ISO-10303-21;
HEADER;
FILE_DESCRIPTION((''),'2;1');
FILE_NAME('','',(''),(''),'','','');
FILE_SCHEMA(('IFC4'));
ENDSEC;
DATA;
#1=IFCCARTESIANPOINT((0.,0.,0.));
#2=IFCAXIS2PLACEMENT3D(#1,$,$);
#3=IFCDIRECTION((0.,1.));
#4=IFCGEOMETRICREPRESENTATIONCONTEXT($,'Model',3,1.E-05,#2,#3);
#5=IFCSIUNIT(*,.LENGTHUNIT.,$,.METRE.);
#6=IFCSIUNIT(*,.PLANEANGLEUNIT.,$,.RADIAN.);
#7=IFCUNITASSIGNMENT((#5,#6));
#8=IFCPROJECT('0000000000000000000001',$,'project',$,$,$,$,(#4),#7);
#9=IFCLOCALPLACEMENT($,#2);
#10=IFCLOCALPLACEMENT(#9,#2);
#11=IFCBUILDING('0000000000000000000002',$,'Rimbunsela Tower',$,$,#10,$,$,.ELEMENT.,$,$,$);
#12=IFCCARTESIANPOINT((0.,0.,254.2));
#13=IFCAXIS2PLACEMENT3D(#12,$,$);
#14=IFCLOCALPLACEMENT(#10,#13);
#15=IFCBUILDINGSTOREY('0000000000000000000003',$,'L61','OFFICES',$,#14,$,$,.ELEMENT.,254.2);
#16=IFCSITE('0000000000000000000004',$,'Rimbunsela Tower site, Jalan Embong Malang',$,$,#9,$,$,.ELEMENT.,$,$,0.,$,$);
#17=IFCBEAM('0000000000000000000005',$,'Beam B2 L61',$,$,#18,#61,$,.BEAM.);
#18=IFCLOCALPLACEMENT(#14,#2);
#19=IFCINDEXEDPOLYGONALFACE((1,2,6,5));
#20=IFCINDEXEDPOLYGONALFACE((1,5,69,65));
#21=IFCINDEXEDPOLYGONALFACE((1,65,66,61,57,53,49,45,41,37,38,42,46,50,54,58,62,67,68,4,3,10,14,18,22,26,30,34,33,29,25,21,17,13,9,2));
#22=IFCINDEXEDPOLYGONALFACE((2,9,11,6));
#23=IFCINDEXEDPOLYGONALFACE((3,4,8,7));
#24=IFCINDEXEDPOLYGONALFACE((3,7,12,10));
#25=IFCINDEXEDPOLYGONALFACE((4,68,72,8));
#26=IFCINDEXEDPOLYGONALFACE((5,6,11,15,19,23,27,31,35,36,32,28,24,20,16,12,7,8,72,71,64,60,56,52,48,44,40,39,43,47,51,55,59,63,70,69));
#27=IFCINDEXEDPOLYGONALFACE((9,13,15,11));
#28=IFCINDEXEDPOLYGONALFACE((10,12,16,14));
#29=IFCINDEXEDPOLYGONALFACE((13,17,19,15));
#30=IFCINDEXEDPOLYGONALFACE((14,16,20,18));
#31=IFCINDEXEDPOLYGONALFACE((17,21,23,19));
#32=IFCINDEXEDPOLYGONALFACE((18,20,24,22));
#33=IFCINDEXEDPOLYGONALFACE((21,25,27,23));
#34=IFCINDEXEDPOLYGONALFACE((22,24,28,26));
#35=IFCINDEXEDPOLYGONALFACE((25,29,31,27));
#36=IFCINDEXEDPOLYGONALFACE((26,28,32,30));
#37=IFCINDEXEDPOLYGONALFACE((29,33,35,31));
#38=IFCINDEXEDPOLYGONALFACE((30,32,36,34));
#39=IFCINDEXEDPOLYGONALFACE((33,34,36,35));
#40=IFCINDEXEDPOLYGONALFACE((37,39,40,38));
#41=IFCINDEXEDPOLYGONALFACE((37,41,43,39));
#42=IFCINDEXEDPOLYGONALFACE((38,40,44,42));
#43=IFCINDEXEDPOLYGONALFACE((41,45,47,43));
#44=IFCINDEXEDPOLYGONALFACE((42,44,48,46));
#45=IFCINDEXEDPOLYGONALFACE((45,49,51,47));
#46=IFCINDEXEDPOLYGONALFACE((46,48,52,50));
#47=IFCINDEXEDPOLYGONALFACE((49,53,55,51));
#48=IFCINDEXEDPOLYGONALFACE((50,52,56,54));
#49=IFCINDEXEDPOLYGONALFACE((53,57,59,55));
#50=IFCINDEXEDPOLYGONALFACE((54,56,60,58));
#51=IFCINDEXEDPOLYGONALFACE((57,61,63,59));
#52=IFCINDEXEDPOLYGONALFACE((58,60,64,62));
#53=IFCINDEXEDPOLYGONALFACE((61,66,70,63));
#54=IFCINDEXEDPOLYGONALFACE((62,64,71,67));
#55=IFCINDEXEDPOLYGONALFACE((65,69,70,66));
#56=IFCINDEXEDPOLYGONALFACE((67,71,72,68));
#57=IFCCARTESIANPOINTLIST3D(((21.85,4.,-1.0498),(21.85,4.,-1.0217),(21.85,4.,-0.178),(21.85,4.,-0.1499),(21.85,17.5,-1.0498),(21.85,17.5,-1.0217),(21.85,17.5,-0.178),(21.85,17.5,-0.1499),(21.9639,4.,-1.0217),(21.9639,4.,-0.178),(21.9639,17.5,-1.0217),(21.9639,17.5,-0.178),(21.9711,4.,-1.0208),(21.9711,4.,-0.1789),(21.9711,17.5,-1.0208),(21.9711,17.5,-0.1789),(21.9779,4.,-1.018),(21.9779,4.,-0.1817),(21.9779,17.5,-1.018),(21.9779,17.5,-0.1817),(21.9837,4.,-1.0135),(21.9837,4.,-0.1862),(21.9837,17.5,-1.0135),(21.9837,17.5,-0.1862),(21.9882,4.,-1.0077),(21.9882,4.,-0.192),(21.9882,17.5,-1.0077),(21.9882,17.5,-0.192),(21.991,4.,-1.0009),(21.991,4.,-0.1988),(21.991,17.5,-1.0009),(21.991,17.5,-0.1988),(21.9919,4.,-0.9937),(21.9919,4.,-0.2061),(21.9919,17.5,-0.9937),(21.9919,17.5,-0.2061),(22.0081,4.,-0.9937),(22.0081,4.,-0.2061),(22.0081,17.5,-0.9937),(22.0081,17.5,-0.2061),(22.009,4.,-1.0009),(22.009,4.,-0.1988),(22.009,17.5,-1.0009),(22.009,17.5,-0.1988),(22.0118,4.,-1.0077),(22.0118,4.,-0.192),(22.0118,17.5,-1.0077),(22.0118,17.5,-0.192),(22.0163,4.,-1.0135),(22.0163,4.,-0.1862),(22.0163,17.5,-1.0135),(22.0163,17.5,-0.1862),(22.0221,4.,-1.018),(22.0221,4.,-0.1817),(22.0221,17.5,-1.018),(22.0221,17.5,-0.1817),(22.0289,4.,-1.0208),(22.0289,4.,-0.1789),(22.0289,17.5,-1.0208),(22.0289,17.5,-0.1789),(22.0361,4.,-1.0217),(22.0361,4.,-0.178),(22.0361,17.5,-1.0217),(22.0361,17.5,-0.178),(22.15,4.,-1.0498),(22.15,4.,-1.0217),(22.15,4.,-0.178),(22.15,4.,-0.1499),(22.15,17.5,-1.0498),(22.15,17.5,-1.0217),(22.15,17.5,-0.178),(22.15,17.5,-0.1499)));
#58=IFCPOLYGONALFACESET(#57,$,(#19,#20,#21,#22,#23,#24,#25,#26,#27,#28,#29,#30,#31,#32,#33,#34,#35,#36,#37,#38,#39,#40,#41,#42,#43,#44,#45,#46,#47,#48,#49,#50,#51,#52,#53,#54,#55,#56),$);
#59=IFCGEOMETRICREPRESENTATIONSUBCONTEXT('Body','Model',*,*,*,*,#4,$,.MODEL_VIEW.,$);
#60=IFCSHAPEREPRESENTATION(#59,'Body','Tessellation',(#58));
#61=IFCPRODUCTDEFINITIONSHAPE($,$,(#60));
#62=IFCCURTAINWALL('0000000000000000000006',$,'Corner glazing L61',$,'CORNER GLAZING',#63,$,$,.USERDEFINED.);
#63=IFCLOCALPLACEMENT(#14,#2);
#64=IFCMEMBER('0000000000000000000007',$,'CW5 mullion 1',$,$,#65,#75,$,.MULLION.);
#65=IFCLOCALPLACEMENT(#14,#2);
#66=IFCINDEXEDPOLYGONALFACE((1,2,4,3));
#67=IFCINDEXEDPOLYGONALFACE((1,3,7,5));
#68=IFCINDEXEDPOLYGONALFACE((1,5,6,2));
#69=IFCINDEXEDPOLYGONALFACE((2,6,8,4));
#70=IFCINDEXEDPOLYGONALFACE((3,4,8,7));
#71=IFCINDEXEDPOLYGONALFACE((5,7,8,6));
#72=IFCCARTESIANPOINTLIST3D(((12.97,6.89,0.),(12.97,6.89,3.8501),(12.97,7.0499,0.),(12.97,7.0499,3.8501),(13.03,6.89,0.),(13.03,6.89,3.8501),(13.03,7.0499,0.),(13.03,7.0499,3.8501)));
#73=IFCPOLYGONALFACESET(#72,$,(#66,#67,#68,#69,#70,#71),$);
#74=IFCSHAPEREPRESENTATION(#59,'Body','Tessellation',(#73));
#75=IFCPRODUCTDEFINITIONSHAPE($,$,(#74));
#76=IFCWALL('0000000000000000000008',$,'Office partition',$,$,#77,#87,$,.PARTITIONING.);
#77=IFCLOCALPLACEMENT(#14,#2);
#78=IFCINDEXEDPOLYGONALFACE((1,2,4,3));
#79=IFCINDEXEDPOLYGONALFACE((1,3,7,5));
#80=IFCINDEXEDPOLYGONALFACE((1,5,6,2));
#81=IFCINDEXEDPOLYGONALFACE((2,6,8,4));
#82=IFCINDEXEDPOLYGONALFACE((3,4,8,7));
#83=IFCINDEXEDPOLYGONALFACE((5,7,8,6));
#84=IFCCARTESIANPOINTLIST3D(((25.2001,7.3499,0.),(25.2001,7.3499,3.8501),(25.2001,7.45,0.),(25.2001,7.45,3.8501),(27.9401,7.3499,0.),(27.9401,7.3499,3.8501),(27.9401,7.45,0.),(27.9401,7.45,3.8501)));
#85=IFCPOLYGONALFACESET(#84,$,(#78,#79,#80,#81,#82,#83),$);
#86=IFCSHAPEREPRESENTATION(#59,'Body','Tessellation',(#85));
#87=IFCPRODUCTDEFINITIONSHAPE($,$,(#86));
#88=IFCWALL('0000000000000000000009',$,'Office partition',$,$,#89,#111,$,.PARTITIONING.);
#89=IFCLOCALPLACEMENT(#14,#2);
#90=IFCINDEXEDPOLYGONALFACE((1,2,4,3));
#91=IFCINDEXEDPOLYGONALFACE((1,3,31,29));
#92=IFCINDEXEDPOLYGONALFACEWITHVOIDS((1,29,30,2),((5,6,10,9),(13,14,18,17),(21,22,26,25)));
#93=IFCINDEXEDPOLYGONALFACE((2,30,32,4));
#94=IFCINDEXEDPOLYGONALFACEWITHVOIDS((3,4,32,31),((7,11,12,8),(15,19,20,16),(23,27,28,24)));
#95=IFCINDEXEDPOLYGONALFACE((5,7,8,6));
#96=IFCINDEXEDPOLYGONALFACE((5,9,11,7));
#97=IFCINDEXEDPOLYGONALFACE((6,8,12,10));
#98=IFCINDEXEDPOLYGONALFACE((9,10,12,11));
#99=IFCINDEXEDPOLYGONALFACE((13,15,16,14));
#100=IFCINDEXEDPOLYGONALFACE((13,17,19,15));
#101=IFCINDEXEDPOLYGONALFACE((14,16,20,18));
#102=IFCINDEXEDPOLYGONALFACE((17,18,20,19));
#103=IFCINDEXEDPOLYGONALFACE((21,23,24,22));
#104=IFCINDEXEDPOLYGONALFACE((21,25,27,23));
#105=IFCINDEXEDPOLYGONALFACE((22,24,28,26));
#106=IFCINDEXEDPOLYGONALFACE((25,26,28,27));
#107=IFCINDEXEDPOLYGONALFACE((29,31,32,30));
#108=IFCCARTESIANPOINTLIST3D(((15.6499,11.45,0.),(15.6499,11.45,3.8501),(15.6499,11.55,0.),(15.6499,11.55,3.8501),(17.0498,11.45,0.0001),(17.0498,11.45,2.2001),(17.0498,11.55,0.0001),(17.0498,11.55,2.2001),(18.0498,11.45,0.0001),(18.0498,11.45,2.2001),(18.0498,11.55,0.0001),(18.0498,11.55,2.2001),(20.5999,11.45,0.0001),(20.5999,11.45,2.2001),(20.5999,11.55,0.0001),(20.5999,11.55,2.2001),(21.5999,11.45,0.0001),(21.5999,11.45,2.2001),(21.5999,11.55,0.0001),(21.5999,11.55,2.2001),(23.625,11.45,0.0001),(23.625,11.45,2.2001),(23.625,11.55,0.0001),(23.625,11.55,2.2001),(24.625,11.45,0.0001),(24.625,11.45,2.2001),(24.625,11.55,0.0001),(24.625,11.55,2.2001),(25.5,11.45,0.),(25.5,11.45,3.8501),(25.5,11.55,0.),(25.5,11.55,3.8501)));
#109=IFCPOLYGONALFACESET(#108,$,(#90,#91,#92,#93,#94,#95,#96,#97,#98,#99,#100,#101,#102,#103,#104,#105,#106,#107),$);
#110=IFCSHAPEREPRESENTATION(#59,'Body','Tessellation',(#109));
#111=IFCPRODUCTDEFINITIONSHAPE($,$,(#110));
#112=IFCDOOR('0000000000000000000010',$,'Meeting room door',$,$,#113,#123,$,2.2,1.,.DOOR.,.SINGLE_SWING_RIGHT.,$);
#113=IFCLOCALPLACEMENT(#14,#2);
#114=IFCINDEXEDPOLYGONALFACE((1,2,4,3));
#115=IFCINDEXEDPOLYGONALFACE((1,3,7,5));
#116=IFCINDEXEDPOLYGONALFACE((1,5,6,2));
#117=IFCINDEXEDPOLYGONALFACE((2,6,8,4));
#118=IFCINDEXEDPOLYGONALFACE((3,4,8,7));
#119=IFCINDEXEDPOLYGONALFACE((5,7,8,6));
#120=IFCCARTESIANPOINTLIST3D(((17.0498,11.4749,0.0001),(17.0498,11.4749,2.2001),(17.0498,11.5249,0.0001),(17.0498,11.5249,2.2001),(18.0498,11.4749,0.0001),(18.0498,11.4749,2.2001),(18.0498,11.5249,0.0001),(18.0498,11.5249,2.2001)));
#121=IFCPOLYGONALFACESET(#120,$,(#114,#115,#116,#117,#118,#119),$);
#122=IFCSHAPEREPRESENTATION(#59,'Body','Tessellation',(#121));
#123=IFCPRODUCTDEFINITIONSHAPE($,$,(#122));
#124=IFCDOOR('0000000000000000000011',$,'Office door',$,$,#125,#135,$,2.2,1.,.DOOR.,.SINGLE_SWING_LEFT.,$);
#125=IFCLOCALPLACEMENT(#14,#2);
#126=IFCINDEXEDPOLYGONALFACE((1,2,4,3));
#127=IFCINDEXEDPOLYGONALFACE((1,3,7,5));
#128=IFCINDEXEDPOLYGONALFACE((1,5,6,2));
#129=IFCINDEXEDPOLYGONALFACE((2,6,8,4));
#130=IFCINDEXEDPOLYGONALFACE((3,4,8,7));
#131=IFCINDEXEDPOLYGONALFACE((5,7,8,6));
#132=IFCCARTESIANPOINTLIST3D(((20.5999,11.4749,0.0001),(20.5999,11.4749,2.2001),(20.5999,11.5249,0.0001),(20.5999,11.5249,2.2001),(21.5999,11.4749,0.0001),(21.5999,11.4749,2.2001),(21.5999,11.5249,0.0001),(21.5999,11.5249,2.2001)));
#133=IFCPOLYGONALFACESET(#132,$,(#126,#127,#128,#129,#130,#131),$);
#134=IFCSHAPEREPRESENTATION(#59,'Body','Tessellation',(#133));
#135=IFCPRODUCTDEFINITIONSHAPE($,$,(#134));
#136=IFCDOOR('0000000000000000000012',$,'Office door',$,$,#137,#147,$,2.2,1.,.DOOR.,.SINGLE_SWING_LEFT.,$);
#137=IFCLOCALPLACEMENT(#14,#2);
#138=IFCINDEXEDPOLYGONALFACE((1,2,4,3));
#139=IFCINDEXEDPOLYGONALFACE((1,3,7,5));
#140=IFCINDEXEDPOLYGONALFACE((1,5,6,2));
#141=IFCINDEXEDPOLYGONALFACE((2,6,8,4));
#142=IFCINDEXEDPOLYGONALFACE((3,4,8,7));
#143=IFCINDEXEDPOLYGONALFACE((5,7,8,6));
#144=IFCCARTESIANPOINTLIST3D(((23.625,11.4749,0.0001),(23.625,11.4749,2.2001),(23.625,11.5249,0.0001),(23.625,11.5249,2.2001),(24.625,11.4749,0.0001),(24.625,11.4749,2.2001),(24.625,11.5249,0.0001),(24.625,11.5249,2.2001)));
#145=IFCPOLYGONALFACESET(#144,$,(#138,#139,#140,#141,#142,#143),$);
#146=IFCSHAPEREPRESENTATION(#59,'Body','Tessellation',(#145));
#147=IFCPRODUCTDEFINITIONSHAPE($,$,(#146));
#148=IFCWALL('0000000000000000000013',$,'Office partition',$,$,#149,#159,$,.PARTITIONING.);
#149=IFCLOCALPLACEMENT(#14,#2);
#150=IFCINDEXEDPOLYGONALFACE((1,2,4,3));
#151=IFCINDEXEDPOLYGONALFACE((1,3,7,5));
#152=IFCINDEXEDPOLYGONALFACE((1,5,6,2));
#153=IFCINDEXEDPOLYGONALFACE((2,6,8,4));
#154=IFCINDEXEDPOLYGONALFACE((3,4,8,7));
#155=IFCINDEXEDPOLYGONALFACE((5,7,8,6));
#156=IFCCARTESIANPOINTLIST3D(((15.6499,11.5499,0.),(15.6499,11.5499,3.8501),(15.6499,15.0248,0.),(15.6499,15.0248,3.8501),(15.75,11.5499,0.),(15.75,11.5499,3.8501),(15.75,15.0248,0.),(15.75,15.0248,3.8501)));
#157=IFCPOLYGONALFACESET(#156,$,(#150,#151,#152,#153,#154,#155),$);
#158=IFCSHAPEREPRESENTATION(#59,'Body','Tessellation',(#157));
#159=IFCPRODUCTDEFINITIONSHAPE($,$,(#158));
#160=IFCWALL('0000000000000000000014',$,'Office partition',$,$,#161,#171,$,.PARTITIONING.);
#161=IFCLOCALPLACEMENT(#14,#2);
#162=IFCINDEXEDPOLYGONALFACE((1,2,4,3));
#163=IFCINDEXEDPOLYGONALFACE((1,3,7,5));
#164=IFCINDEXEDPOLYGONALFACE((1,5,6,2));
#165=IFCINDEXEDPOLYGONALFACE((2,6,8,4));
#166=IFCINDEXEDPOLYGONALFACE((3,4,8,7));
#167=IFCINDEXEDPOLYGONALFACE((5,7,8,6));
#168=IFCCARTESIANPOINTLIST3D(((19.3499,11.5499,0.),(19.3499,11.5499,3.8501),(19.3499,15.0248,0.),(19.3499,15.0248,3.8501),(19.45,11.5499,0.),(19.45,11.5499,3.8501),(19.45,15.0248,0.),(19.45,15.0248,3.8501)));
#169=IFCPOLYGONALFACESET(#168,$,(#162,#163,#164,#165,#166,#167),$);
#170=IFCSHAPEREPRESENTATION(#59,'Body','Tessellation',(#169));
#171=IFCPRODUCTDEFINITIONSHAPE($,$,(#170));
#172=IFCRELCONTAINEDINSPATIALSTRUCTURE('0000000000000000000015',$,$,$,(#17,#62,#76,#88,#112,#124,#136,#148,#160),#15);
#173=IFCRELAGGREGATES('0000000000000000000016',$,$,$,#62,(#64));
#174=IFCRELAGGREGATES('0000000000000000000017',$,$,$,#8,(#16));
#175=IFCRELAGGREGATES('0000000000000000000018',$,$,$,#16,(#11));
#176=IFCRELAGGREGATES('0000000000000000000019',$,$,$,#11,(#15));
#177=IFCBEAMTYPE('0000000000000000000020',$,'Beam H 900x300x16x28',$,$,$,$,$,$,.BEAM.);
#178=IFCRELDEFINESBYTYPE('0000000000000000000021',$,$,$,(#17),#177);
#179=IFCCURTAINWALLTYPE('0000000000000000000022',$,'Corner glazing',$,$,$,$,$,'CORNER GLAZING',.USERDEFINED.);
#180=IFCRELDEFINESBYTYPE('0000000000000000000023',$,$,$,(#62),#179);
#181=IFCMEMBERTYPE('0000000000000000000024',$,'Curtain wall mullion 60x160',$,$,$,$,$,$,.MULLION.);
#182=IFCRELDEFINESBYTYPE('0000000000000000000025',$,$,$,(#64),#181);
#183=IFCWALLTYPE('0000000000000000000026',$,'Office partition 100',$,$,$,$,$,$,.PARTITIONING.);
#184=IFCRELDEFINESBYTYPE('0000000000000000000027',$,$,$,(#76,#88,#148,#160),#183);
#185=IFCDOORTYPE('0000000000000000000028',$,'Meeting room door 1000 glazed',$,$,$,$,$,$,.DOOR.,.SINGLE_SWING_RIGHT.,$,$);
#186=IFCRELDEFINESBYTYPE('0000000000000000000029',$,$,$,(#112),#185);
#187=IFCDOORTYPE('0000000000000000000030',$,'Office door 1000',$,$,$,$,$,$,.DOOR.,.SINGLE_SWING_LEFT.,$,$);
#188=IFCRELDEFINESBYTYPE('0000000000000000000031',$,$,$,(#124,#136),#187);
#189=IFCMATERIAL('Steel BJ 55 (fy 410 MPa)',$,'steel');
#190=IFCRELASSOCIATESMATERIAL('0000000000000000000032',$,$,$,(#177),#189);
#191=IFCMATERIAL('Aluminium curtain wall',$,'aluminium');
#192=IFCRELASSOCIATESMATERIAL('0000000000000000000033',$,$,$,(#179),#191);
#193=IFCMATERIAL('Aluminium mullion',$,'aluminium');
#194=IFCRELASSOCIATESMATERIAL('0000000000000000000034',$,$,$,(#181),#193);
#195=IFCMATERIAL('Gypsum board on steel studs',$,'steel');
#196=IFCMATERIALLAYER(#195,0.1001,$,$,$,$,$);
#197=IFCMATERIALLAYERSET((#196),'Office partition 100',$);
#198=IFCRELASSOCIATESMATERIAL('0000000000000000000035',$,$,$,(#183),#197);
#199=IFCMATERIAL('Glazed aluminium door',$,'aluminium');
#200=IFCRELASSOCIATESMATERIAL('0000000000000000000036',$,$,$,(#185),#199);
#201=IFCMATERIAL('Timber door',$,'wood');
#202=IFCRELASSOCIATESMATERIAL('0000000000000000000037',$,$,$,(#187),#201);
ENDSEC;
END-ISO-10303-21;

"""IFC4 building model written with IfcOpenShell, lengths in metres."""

from ifc_helpers import new_model, si_unit, direction, frame, frame_2d, origin, origin_2d, place, context, subcontext, project, spatial, rectangle, i_section, extrude, material, layer, layer_set, material_profile, profile_set, type_object, element, fill, aggregate, save


model = new_model("IFC4")

# Units and contexts
model_context = context("Model", 3, precision=1e-05, world=origin(), true_north=direction((0.0, 1.0)))
body_context = subcontext(model_context, "Body", "Model", "MODEL_VIEW")
ifc_project = project(units=[si_unit("LENGTHUNIT", "METRE"), si_unit("PLANEANGLEUNIT", "RADIAN")], contexts=[model_context])

# Site, building, storey
site_placement = place(None, origin())
site = spatial("IfcSite", under=ifc_project, at=site_placement, Name="Rimbunsela Tower site, Jalan Embong Malang", CompositionType="ELEMENT", RefElevation=0.0)
building_placement = place(site_placement, origin())
building = spatial("IfcBuilding", under=site, at=building_placement, Name="Rimbunsela Tower", CompositionType="ELEMENT")
storey_placement = place(building_placement, frame((0.0, 0.0, 254.2)))
storey = spatial("IfcBuildingStorey", under=building, at=storey_placement, Name="L61", Description="OFFICES", CompositionType="ELEMENT", Elevation=254.2)

# Beam
ifc_material_1 = material(Name="Steel BJ 55 (fy 410 MPa)", Category="steel")
ifc_material_profile_1 = material_profile(ifc_material_1, i_section(OverallWidth=0.3, OverallDepth=0.8999, WebThickness=0.0161, FlangeThickness=0.0281, FilletRadius=0.0281, at=origin_2d()), Name="H 900x300x16x28")
ifc_profile_set_1 = profile_set([ifc_material_profile_1], Name="Steel BJ 55 (fy 410 MPa)")
beam_type_1 = type_object("IfcBeamType", Name="Beam H 900x300x16x28", PredefinedType="BEAM", material=ifc_profile_set_1)
for number, where, z_axis, x_axis, name in (
    (1, (22.0, 4.0, -0.5999), (0.0, 1.0, 0.0), (-1.0, 0.0, 0.0), "Beam B2 L61"),
):
    element("IfcBeam", number, at=place(storey_placement, frame(where, z_axis=z_axis, x_axis=x_axis)), inside=storey, type_object=beam_type_1, Name=name, PredefinedType="BEAM", context=body_context, shape_type="SweptSolid", body=[
        extrude(i_section(OverallWidth=0.3, OverallDepth=0.8999, WebThickness=0.0161, FlangeThickness=0.0281, FilletRadius=0.0281, at=origin_2d()), origin(), (0.0, 0.0, 1.0), 13.5),
    ])

# Curtain wall, member
ifc_material_2 = material(Name="Aluminium curtain wall", Category="aluminium")
curtain_wall_type = type_object("IfcCurtainWallType", Name="Corner glazing", ElementType="CORNER GLAZING", PredefinedType="USERDEFINED", material=ifc_material_2)
curtain_wall_placement = place(storey_placement, origin())
curtain_wall = element("IfcCurtainWall", 2, at=curtain_wall_placement, inside=storey, type_object=curtain_wall_type, Name="Corner glazing L61", ObjectType="CORNER GLAZING", PredefinedType="USERDEFINED")
ifc_material_3 = material(Name="Aluminium mullion", Category="aluminium")
ifc_material_profile_2 = material_profile(ifc_material_3, rectangle(XDim=0.0601, YDim=0.1599, at=origin_2d()), Name="Mullion 60x160")
ifc_profile_set_2 = profile_set([ifc_material_profile_2], Name="Aluminium mullion")
member_type = type_object("IfcMemberType", Name="Curtain wall mullion 60x160", PredefinedType="MULLION", material=ifc_profile_set_2)
member_placement = place(storey_placement, frame((13.0, 6.97, 0.0), z_axis=(0.0, 0.0, 1.0), x_axis=(1.0, 0.0, 0.0)))
member = element("IfcMember", 3, at=member_placement, type_object=member_type, Name="CW5 mullion 1", PredefinedType="MULLION", context=body_context, shape_type="SweptSolid", body=[
    extrude(rectangle(XDim=0.0601, YDim=0.1599, at=origin_2d()), origin(), (0.0, 0.0, 1.0), 3.8501),
])
aggregate(curtain_wall, [member])

# Wall
ifc_material_4 = material(Name="Gypsum board on steel studs", Category="steel")
ifc_layer_1 = layer(ifc_material_4, 0.1001)
ifc_layer_set_1 = layer_set([ifc_layer_1], Name="Office partition 100")
wall_type_1 = type_object("IfcWallType", Name="Office partition 100", PredefinedType="PARTITIONING", material=ifc_layer_set_1)
wall_1_placement = place(storey_placement, frame((25.2, 7.3999, 0.0), z_axis=(0.0, 0.0, 1.0), x_axis=(1.0, 0.0, 0.0)))
element("IfcWall", 4, at=wall_1_placement, inside=storey, type_object=wall_type_1, Name="Office partition", PredefinedType="PARTITIONING", context=body_context, shape_type="SweptSolid", body=[
    extrude(rectangle(XDim=2.74, YDim=0.1001, at=frame_2d((1.3701, 0.0))), origin(), (0.0, 0.0, 1.0), 3.8501),
])

# Wall, openings, doors
wall_2_placement = place(storey_placement, frame((15.6499, 11.5, 0.0), z_axis=(0.0, 0.0, 1.0), x_axis=(1.0, 0.0, 0.0)))
wall_2 = element("IfcWall", 5, at=wall_2_placement, inside=storey, type_object=wall_type_1, Name="Office partition", PredefinedType="PARTITIONING", context=body_context, shape_type="SweptSolid", body=[
    extrude(rectangle(XDim=9.8501, YDim=0.1001, at=frame_2d((4.925, 0.0))), origin(), (0.0, 0.0, 1.0), 3.8501),
])
opening_1_placement = place(wall_2_placement, frame((1.3999, 0.0, 0.0)))
opening_1 = element("IfcOpeningElement", 6, at=opening_1_placement, cuts=wall_2, PredefinedType="OPENING", context=body_context, shape_type="SweptSolid", body=[
    extrude(rectangle(XDim=1.0, YDim=2.2, at=frame_2d((0.5, 1.1001))), frame((0.0, 0.0601, 0.0), z_axis=(0.0, -1.0, 0.0), x_axis=(1.0, 0.0, 0.0)), (0.0, 0.0, 1.0), 0.1201),
])
opening_2_placement = place(wall_2_placement, frame((4.95, 0.0, 0.0)))
opening_2 = element("IfcOpeningElement", 7, at=opening_2_placement, cuts=wall_2, PredefinedType="OPENING", context=body_context, shape_type="SweptSolid", body=[
    extrude(rectangle(XDim=1.0, YDim=2.2, at=frame_2d((0.5, 1.1001))), frame((0.0, 0.0601, 0.0), z_axis=(0.0, -1.0, 0.0), x_axis=(1.0, 0.0, 0.0)), (0.0, 0.0, 1.0), 0.1201),
])
opening_3_placement = place(wall_2_placement, frame((7.9751, 0.0, 0.0)))
opening_3 = element("IfcOpeningElement", 8, at=opening_3_placement, cuts=wall_2, PredefinedType="OPENING", context=body_context, shape_type="SweptSolid", body=[
    extrude(rectangle(XDim=1.0, YDim=2.2, at=frame_2d((0.5, 1.1001))), frame((0.0, 0.0601, 0.0), z_axis=(0.0, -1.0, 0.0), x_axis=(1.0, 0.0, 0.0)), (0.0, 0.0, 1.0), 0.1201),
])
ifc_material_5 = material(Name="Glazed aluminium door", Category="aluminium")
door_type_1 = type_object("IfcDoorType", Name="Meeting room door 1000 glazed", OperationType="SINGLE_SWING_RIGHT", PredefinedType="DOOR", material=ifc_material_5)
door_1_placement = place(opening_1_placement, origin())
door_1 = element("IfcDoor", 9, at=door_1_placement, inside=storey, type_object=door_type_1, Name="Meeting room door", OperationType="SINGLE_SWING_RIGHT", OverallHeight=2.2, OverallWidth=1.0, PredefinedType="DOOR", context=body_context, shape_type="SweptSolid", body=[
    extrude(rectangle(XDim=1.0, YDim=2.2, at=frame_2d((0.5, 1.1001))), frame((0.0, 0.0249, 0.0), z_axis=(0.0, -1.0, 0.0), x_axis=(1.0, 0.0, 0.0)), (0.0, 0.0, 1.0), 0.05),
])
fill(opening_1, door_1)
ifc_material_6 = material(Name="Timber door", Category="wood")
door_type_2 = type_object("IfcDoorType", Name="Office door 1000", OperationType="SINGLE_SWING_LEFT", PredefinedType="DOOR", material=ifc_material_6)
door_2_placement = place(opening_2_placement, origin())
door_2 = element("IfcDoor", 10, at=door_2_placement, inside=storey, type_object=door_type_2, Name="Office door", OperationType="SINGLE_SWING_LEFT", OverallHeight=2.2, OverallWidth=1.0, PredefinedType="DOOR", context=body_context, shape_type="SweptSolid", body=[
    extrude(rectangle(XDim=1.0, YDim=2.2, at=frame_2d((0.5, 1.1001))), frame((0.0, 0.0249, 0.0), z_axis=(0.0, -1.0, 0.0), x_axis=(1.0, 0.0, 0.0)), (0.0, 0.0, 1.0), 0.05),
])
fill(opening_2, door_2)
door_3_placement = place(opening_3_placement, origin())
door_3 = element("IfcDoor", 11, at=door_3_placement, inside=storey, type_object=door_type_2, Name="Office door", OperationType="SINGLE_SWING_LEFT", OverallHeight=2.2, OverallWidth=1.0, PredefinedType="DOOR", context=body_context, shape_type="SweptSolid", body=[
    extrude(rectangle(XDim=1.0, YDim=2.2, at=frame_2d((0.5, 1.1001))), frame((0.0, 0.0249, 0.0), z_axis=(0.0, -1.0, 0.0), x_axis=(1.0, 0.0, 0.0)), (0.0, 0.0, 1.0), 0.05),
])
fill(opening_3, door_3)

# Walls
for number, where, z_axis, x_axis, name in (
    (12, (15.7, 11.55, 0.0), (0.0, 0.0, 1.0), (0.0, 1.0, 0.0), "Office partition"),
    (13, (19.3999, 11.55, 0.0), (0.0, 0.0, 1.0), (0.0, 1.0, 0.0), "Office partition"),
):
    element("IfcWall", number, at=place(storey_placement, frame(where, z_axis=z_axis, x_axis=x_axis)), inside=storey, type_object=wall_type_1, Name=name, PredefinedType="PARTITIONING", context=body_context, shape_type="SweptSolid", body=[
        extrude(rectangle(XDim=3.4749, YDim=0.1001, at=frame_2d((1.7373, 0.0))), origin(), (0.0, 0.0, 1.0), 3.8501),
    ])

save(model, "model.ifc")
